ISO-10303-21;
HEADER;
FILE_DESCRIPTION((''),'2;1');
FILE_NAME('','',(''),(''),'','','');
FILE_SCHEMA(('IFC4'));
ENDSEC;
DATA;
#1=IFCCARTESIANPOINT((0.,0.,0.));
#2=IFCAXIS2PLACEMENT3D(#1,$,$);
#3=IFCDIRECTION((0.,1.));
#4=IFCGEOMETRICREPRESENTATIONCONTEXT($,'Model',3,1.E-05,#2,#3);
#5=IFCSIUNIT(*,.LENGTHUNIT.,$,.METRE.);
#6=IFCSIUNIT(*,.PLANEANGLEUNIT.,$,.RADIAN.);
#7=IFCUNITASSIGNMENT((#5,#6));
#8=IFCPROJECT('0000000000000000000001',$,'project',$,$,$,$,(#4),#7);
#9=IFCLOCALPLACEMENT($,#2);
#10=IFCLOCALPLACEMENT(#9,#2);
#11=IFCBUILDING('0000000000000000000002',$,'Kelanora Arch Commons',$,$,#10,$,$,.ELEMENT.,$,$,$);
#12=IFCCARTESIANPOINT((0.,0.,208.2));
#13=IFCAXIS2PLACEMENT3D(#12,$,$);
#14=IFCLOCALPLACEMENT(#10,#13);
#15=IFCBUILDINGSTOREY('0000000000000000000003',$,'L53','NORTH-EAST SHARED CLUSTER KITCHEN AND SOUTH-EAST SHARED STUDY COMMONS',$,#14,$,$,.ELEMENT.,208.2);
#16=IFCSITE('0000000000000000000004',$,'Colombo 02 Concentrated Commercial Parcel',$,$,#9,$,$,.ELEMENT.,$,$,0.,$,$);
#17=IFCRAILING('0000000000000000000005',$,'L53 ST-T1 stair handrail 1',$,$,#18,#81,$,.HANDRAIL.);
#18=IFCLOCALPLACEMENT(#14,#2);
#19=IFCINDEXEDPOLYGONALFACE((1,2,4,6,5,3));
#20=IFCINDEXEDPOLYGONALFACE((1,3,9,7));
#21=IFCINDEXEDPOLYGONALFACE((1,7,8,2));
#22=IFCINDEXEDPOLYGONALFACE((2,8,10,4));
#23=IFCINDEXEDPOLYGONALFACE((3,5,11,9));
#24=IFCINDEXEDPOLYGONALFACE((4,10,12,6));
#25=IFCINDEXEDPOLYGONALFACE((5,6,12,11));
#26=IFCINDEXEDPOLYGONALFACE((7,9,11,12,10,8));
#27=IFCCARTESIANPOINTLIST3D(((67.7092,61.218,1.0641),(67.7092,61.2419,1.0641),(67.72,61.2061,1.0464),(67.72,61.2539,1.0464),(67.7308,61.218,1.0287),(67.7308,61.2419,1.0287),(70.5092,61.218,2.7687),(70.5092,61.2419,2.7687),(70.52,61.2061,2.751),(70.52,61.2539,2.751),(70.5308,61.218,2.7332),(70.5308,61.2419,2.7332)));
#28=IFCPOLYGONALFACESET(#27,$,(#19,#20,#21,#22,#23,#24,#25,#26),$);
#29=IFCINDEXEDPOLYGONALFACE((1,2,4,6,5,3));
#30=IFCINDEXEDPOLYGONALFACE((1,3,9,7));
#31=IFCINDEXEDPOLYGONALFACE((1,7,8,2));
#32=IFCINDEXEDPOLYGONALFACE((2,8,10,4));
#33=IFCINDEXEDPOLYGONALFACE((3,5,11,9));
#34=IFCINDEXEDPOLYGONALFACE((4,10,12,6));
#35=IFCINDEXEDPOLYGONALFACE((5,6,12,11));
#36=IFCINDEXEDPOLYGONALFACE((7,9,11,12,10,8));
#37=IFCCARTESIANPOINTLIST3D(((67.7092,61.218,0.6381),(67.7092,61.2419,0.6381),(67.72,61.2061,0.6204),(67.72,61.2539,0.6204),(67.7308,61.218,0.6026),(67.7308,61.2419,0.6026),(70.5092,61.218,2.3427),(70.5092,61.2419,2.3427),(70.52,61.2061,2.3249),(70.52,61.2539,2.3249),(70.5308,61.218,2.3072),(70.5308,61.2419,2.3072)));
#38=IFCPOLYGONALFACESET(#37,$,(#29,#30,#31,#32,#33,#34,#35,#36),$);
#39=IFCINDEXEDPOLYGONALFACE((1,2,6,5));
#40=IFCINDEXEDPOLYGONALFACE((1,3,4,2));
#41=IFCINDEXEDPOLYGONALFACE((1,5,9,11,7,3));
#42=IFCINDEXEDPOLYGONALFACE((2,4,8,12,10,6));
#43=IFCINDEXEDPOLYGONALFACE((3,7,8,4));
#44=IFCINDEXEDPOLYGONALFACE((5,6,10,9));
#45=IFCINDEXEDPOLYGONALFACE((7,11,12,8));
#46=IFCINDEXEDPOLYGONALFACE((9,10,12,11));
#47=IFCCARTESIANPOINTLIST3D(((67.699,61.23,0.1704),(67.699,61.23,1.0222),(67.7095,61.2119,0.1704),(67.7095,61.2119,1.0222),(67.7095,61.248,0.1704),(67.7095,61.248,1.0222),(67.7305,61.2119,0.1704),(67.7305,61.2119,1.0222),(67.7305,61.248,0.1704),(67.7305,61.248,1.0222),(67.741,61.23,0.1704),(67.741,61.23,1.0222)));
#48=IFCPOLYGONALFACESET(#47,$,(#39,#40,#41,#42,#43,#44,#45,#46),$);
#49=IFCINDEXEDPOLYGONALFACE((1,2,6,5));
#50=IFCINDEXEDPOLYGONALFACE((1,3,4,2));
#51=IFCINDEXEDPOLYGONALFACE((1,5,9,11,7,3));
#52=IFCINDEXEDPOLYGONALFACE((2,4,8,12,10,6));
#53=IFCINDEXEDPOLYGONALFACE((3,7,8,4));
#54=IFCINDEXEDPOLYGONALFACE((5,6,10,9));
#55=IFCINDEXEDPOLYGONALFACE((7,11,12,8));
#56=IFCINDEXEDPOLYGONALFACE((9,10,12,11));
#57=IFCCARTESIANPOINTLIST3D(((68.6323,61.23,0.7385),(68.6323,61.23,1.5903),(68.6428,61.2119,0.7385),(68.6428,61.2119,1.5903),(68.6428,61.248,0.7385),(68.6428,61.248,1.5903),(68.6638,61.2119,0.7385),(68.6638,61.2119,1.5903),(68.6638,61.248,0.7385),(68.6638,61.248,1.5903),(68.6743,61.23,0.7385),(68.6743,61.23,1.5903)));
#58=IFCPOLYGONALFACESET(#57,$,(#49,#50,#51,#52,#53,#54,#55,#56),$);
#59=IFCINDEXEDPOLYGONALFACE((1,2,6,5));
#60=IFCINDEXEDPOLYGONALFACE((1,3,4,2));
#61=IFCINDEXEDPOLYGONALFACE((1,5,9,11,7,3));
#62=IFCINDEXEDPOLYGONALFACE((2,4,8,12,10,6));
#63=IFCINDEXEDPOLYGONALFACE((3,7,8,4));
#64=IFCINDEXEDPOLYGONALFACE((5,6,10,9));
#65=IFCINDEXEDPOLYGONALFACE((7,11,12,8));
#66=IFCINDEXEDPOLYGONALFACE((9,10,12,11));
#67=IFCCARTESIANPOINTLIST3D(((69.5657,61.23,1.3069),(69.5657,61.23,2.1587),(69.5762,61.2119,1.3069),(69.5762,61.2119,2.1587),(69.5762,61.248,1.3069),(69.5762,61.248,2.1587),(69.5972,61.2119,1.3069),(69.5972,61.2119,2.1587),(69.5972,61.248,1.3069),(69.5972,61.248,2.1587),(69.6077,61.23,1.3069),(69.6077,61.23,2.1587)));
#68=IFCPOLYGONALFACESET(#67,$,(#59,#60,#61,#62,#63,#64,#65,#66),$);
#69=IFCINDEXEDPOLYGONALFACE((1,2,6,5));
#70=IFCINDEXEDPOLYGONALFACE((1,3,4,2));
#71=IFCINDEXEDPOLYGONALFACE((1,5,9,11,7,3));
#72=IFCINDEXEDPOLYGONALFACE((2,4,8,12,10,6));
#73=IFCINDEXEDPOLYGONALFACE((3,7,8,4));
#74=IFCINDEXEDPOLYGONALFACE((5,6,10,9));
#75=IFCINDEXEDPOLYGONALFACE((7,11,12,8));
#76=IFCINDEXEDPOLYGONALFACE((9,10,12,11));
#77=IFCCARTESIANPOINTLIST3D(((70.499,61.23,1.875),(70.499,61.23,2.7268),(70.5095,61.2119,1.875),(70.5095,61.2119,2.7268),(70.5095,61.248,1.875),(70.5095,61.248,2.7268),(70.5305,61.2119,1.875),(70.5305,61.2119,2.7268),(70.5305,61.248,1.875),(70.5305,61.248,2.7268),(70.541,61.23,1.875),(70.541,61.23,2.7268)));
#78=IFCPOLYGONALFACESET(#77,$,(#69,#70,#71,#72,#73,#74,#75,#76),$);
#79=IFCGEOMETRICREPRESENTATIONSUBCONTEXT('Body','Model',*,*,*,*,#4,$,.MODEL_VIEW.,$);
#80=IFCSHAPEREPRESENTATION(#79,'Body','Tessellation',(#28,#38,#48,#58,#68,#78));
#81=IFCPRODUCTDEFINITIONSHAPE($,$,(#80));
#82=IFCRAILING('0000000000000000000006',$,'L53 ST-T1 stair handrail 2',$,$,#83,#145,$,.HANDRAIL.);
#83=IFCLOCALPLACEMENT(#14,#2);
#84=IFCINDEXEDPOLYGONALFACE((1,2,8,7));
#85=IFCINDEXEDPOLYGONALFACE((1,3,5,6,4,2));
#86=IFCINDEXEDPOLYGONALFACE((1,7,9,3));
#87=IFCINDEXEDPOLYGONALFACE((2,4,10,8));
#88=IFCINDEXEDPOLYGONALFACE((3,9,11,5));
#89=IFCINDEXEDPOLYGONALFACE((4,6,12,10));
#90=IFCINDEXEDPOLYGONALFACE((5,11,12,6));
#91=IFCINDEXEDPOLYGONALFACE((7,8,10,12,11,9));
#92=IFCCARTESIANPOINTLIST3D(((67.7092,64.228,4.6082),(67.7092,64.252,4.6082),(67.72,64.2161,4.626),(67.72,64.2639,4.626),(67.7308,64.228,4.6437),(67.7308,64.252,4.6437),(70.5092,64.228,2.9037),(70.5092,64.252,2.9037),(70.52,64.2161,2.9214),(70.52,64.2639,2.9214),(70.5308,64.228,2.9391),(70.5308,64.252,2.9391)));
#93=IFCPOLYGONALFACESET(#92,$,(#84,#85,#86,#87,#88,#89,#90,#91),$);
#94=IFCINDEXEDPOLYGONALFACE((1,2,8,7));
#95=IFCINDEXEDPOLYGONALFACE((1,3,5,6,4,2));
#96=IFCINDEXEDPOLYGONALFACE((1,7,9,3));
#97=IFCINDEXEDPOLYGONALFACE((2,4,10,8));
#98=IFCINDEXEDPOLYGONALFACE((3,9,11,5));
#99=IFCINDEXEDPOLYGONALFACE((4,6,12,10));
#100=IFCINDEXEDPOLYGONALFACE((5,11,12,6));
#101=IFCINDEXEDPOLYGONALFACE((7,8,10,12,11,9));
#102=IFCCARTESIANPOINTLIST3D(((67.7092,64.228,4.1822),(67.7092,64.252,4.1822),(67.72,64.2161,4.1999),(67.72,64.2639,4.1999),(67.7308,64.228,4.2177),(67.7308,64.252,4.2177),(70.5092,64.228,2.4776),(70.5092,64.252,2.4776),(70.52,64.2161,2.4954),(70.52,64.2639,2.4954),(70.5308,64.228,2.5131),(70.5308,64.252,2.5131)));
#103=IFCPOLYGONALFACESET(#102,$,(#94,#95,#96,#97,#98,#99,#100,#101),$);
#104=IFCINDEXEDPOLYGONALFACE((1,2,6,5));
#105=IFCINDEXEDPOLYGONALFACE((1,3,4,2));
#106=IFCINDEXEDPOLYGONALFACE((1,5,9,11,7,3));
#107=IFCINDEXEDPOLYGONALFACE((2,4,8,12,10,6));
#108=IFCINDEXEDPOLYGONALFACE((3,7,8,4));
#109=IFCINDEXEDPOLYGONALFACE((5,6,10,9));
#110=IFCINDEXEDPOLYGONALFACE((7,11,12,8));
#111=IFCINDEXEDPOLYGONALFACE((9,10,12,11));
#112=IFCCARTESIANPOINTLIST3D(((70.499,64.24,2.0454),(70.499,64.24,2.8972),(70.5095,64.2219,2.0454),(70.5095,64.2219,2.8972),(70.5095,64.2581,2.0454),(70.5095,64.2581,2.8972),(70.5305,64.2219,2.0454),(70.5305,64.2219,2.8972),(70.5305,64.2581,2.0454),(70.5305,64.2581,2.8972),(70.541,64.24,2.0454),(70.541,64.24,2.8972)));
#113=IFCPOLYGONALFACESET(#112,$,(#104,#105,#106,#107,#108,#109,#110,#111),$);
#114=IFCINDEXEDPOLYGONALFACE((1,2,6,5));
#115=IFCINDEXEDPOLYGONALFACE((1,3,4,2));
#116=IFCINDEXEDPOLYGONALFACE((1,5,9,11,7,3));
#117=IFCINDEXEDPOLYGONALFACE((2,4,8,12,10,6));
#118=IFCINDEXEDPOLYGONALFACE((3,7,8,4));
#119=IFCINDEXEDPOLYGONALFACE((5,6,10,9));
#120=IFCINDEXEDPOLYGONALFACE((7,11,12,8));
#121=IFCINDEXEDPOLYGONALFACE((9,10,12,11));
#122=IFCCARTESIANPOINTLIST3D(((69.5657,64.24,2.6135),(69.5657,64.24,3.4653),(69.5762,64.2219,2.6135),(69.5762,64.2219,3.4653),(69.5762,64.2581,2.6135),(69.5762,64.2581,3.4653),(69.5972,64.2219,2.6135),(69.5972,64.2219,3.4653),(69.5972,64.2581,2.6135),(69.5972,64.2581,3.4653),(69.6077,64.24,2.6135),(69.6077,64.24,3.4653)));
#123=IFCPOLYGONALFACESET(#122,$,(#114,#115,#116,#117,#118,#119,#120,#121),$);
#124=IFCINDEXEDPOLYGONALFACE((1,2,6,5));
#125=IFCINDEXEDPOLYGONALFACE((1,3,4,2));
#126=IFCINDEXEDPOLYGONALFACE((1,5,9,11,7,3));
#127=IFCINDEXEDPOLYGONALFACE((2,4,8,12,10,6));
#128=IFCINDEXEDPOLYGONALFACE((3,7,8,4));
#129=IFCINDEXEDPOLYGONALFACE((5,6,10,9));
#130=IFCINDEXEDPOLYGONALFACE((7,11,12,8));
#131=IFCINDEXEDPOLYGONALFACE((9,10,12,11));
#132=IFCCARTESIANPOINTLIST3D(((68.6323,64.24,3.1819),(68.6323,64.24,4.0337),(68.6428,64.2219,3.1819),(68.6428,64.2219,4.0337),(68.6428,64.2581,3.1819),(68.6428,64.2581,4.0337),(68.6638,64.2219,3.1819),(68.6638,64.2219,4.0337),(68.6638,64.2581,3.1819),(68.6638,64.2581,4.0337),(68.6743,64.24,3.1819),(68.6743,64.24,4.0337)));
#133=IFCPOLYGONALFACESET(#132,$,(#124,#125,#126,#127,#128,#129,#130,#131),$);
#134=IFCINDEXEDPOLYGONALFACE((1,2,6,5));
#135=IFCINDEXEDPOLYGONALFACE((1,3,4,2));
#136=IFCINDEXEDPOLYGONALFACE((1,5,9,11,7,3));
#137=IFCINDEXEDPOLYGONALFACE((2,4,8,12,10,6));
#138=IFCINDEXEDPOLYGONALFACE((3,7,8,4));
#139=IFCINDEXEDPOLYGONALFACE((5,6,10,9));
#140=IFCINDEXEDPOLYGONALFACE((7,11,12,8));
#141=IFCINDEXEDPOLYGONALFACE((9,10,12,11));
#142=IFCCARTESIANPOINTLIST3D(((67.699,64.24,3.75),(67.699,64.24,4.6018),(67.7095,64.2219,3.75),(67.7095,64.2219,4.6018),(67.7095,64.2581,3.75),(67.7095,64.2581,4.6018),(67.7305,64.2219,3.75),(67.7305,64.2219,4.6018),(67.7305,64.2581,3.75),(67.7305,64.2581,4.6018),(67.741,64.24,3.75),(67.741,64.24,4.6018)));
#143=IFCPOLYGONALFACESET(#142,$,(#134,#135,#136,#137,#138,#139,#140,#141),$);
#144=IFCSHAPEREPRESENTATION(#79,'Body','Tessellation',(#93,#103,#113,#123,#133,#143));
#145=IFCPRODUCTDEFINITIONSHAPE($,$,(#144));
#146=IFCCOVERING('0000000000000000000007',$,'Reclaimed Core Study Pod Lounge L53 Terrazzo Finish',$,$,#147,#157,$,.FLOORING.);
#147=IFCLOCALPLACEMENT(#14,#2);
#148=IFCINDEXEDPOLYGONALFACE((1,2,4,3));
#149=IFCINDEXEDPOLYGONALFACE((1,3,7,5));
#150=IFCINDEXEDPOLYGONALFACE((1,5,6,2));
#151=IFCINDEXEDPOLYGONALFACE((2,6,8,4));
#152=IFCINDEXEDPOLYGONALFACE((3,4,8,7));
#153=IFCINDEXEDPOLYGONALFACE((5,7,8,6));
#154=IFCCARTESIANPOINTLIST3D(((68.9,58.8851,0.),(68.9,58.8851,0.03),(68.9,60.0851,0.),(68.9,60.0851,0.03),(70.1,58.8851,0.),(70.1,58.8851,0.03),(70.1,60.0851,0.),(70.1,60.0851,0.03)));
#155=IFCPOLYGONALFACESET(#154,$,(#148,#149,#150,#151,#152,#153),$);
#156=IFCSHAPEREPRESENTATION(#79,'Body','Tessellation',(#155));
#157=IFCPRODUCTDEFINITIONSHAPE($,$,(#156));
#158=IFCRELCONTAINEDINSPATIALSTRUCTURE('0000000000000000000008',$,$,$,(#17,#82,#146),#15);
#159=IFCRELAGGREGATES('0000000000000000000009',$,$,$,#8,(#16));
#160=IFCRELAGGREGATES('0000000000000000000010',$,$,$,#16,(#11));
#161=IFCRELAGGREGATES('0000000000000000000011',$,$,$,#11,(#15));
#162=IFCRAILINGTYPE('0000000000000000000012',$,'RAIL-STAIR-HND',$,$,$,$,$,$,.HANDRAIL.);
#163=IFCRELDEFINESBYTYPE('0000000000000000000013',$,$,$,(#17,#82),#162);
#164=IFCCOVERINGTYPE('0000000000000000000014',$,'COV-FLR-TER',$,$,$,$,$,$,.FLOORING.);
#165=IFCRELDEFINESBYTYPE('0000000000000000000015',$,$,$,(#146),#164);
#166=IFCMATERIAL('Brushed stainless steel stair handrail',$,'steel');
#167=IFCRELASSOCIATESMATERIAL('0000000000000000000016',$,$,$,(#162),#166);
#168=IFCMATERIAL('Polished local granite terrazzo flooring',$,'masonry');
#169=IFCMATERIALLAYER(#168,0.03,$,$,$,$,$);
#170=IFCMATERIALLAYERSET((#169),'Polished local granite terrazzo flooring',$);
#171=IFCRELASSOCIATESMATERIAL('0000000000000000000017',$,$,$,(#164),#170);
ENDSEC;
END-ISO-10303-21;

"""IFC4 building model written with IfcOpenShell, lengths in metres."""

from ifc_helpers import new_model, si_unit, direction, frame, origin, origin_2d, place, context, subcontext, project, spatial, polyline, rectangle, outline, extrude, source, transform, mapped, material, layer, layer_set, type_object, element, save


model = new_model("IFC4")

# Units and contexts
model_context = context("Model", 3, precision=1e-05, world=origin(), true_north=direction((0.0, 1.0)))
body_context = subcontext(model_context, "Body", "Model", "MODEL_VIEW")
ifc_project = project(units=[si_unit("LENGTHUNIT", "METRE"), si_unit("PLANEANGLEUNIT", "RADIAN")], contexts=[model_context])

# Site, building, storey
site_placement = place(None, origin())
site = spatial("IfcSite", under=ifc_project, at=site_placement, Name="Colombo 02 Concentrated Commercial Parcel", CompositionType="ELEMENT", RefElevation=0.0)
building_placement = place(site_placement, origin())
building = spatial("IfcBuilding", under=site, at=building_placement, Name="Kelanora Arch Commons", CompositionType="ELEMENT")
storey_placement = place(building_placement, frame((0.0, 0.0, 208.2)))
storey = spatial("IfcBuildingStorey", under=building, at=storey_placement, Name="L53", Description="NORTH-EAST SHARED CLUSTER KITCHEN AND SOUTH-EAST SHARED STUDY COMMONS", CompositionType="ELEMENT", Elevation=208.2)

# Railings
ifc_material_1 = material(Name="Brushed stainless steel stair handrail", Category="steel")
railing_type_1 = type_object("IfcRailingType", Name="RAIL-STAIR-HND", PredefinedType="HANDRAIL", material=ifc_material_1)
railing_1_placement = place(storey_placement, frame((67.72, 61.23, 0.1704)))
element("IfcRailing", 1, at=railing_1_placement, inside=storey, type_object=railing_type_1, Name="L53 ST-T1 stair handrail 1", PredefinedType="HANDRAIL", context=body_context, shape_type="SweptSolid", body=[
    extrude(outline(polyline([(0.0239, 0.0), (0.012, 0.0208), (-0.012, 0.0208), (-0.0239, 0.0), (-0.012, -0.0208), (0.012, -0.0208), (0.0239, 0.0)])), frame((0.0, 0.0, 0.876), z_axis=(0.85417, 0.0, 0.519994), x_axis=(0.0, 1.0, 0.0)), (0.0, 0.0, 1.0), 3.2781),
    extrude(outline(polyline([(0.0239, 0.0), (0.012, 0.0208), (-0.012, 0.0208), (-0.0239, 0.0), (-0.012, -0.0208), (0.012, -0.0208), (0.0239, 0.0)])), frame((0.0, 0.0, 0.45), z_axis=(0.85417, 0.0, 0.519994), x_axis=(0.0, 1.0, 0.0)), (0.0, 0.0, 1.0), 3.2781),
    extrude(outline(polyline([(0.021, 0.0), (0.0105, 0.0181), (-0.0105, 0.0181), (-0.021, 0.0), (-0.0105, -0.0181), (0.0105, -0.0181), (0.021, 0.0)])), origin(), (0.0, 0.0, 1.0), 0.8518),
    extrude(outline(polyline([(0.021, 0.0), (0.0105, 0.0181), (-0.0105, 0.0181), (-0.021, 0.0), (-0.0105, -0.0181), (0.0105, -0.0181), (0.021, 0.0)])), frame((0.9333, 0.0, 0.5681)), (0.0, 0.0, 1.0), 0.8518),
    extrude(outline(polyline([(0.021, 0.0), (0.0105, 0.0181), (-0.0105, 0.0181), (-0.021, 0.0), (-0.0105, -0.0181), (0.0105, -0.0181), (0.021, 0.0)])), frame((1.8667, 0.0, 1.1365)), (0.0, 0.0, 1.0), 0.8518),
    extrude(outline(polyline([(0.021, 0.0), (0.0105, 0.0181), (-0.0105, 0.0181), (-0.021, 0.0), (-0.0105, -0.0181), (0.0105, -0.0181), (0.021, 0.0)])), frame((2.8, 0.0, 1.7046)), (0.0, 0.0, 1.0), 0.8518),
])
railing_2_placement = place(storey_placement, frame((70.52, 64.24, 2.0454)))
element("IfcRailing", 2, at=railing_2_placement, inside=storey, type_object=railing_type_1, Name="L53 ST-T1 stair handrail 2", PredefinedType="HANDRAIL", context=body_context, shape_type="SweptSolid", body=[
    extrude(outline(polyline([(0.0239, 0.0), (0.012, 0.0208), (-0.012, 0.0208), (-0.0239, 0.0), (-0.012, -0.0208), (0.012, -0.0208), (0.0239, 0.0)])), frame((0.0, 0.0, 0.876), z_axis=(-0.85417, 0.0, 0.519994), x_axis=(0.0, -1.0, 0.0)), (0.0, 0.0, 1.0), 3.2781),
    extrude(outline(polyline([(0.0239, 0.0), (0.012, 0.0208), (-0.012, 0.0208), (-0.0239, 0.0), (-0.012, -0.0208), (0.012, -0.0208), (0.0239, 0.0)])), frame((0.0, 0.0, 0.45), z_axis=(-0.85417, 0.0, 0.519994), x_axis=(0.0, -1.0, 0.0)), (0.0, 0.0, 1.0), 3.2781),
    extrude(outline(polyline([(0.021, 0.0), (0.0105, 0.0181), (-0.0105, 0.0181), (-0.021, 0.0), (-0.0105, -0.0181), (0.0105, -0.0181), (0.021, 0.0)])), origin(), (0.0, 0.0, 1.0), 0.8518),
    extrude(outline(polyline([(0.021, 0.0), (0.0105, 0.0181), (-0.0105, 0.0181), (-0.021, 0.0), (-0.0105, -0.0181), (0.0105, -0.0181), (0.021, 0.0)])), frame((-0.9333, 0.0, 0.5681)), (0.0, 0.0, 1.0), 0.8518),
    extrude(outline(polyline([(0.021, 0.0), (0.0105, 0.0181), (-0.0105, 0.0181), (-0.021, 0.0), (-0.0105, -0.0181), (0.0105, -0.0181), (0.021, 0.0)])), frame((-1.8667, 0.0, 1.1365)), (0.0, 0.0, 1.0), 0.8518),
    extrude(outline(polyline([(0.021, 0.0), (0.0105, 0.0181), (-0.0105, 0.0181), (-0.021, 0.0), (-0.0105, -0.0181), (0.0105, -0.0181), (0.021, 0.0)])), frame((-2.8, 0.0, 1.7046)), (0.0, 0.0, 1.0), 0.8518),
])

# Covering
ifc_material_2 = material(Name="Polished local granite terrazzo flooring", Category="masonry")
ifc_layer_1 = layer(ifc_material_2, 0.03)
ifc_layer_set_1 = layer_set([ifc_layer_1], Name="Polished local granite terrazzo flooring")
covering_type = type_object("IfcCoveringType", Name="COV-FLR-TER", PredefinedType="FLOORING", material=ifc_layer_set_1)
shared_shape = source(origin(), body_context, "Body", "SweptSolid", [
    extrude(rectangle(XDim=1.2, YDim=1.2, at=origin_2d()), origin(), (0.0, 0.0, 1.0), 0.03),
])
covering_placement = place(storey_placement, frame((69.5, 59.4851, 0.0), z_axis=(0.0, 0.0, 1.0), x_axis=(1.0, 0.0, 0.0)))
element("IfcCovering", 3, at=covering_placement, inside=storey, type_object=covering_type, Name="Reclaimed Core Study Pod Lounge L53 Terrazzo Finish", PredefinedType="FLOORING", context=body_context, shape_type="MappedRepresentation", body=[
    mapped(shared_shape, transform((0.0, 0.0, 0.0), scale=1.0)),
])

save(model, "model.ifc")
